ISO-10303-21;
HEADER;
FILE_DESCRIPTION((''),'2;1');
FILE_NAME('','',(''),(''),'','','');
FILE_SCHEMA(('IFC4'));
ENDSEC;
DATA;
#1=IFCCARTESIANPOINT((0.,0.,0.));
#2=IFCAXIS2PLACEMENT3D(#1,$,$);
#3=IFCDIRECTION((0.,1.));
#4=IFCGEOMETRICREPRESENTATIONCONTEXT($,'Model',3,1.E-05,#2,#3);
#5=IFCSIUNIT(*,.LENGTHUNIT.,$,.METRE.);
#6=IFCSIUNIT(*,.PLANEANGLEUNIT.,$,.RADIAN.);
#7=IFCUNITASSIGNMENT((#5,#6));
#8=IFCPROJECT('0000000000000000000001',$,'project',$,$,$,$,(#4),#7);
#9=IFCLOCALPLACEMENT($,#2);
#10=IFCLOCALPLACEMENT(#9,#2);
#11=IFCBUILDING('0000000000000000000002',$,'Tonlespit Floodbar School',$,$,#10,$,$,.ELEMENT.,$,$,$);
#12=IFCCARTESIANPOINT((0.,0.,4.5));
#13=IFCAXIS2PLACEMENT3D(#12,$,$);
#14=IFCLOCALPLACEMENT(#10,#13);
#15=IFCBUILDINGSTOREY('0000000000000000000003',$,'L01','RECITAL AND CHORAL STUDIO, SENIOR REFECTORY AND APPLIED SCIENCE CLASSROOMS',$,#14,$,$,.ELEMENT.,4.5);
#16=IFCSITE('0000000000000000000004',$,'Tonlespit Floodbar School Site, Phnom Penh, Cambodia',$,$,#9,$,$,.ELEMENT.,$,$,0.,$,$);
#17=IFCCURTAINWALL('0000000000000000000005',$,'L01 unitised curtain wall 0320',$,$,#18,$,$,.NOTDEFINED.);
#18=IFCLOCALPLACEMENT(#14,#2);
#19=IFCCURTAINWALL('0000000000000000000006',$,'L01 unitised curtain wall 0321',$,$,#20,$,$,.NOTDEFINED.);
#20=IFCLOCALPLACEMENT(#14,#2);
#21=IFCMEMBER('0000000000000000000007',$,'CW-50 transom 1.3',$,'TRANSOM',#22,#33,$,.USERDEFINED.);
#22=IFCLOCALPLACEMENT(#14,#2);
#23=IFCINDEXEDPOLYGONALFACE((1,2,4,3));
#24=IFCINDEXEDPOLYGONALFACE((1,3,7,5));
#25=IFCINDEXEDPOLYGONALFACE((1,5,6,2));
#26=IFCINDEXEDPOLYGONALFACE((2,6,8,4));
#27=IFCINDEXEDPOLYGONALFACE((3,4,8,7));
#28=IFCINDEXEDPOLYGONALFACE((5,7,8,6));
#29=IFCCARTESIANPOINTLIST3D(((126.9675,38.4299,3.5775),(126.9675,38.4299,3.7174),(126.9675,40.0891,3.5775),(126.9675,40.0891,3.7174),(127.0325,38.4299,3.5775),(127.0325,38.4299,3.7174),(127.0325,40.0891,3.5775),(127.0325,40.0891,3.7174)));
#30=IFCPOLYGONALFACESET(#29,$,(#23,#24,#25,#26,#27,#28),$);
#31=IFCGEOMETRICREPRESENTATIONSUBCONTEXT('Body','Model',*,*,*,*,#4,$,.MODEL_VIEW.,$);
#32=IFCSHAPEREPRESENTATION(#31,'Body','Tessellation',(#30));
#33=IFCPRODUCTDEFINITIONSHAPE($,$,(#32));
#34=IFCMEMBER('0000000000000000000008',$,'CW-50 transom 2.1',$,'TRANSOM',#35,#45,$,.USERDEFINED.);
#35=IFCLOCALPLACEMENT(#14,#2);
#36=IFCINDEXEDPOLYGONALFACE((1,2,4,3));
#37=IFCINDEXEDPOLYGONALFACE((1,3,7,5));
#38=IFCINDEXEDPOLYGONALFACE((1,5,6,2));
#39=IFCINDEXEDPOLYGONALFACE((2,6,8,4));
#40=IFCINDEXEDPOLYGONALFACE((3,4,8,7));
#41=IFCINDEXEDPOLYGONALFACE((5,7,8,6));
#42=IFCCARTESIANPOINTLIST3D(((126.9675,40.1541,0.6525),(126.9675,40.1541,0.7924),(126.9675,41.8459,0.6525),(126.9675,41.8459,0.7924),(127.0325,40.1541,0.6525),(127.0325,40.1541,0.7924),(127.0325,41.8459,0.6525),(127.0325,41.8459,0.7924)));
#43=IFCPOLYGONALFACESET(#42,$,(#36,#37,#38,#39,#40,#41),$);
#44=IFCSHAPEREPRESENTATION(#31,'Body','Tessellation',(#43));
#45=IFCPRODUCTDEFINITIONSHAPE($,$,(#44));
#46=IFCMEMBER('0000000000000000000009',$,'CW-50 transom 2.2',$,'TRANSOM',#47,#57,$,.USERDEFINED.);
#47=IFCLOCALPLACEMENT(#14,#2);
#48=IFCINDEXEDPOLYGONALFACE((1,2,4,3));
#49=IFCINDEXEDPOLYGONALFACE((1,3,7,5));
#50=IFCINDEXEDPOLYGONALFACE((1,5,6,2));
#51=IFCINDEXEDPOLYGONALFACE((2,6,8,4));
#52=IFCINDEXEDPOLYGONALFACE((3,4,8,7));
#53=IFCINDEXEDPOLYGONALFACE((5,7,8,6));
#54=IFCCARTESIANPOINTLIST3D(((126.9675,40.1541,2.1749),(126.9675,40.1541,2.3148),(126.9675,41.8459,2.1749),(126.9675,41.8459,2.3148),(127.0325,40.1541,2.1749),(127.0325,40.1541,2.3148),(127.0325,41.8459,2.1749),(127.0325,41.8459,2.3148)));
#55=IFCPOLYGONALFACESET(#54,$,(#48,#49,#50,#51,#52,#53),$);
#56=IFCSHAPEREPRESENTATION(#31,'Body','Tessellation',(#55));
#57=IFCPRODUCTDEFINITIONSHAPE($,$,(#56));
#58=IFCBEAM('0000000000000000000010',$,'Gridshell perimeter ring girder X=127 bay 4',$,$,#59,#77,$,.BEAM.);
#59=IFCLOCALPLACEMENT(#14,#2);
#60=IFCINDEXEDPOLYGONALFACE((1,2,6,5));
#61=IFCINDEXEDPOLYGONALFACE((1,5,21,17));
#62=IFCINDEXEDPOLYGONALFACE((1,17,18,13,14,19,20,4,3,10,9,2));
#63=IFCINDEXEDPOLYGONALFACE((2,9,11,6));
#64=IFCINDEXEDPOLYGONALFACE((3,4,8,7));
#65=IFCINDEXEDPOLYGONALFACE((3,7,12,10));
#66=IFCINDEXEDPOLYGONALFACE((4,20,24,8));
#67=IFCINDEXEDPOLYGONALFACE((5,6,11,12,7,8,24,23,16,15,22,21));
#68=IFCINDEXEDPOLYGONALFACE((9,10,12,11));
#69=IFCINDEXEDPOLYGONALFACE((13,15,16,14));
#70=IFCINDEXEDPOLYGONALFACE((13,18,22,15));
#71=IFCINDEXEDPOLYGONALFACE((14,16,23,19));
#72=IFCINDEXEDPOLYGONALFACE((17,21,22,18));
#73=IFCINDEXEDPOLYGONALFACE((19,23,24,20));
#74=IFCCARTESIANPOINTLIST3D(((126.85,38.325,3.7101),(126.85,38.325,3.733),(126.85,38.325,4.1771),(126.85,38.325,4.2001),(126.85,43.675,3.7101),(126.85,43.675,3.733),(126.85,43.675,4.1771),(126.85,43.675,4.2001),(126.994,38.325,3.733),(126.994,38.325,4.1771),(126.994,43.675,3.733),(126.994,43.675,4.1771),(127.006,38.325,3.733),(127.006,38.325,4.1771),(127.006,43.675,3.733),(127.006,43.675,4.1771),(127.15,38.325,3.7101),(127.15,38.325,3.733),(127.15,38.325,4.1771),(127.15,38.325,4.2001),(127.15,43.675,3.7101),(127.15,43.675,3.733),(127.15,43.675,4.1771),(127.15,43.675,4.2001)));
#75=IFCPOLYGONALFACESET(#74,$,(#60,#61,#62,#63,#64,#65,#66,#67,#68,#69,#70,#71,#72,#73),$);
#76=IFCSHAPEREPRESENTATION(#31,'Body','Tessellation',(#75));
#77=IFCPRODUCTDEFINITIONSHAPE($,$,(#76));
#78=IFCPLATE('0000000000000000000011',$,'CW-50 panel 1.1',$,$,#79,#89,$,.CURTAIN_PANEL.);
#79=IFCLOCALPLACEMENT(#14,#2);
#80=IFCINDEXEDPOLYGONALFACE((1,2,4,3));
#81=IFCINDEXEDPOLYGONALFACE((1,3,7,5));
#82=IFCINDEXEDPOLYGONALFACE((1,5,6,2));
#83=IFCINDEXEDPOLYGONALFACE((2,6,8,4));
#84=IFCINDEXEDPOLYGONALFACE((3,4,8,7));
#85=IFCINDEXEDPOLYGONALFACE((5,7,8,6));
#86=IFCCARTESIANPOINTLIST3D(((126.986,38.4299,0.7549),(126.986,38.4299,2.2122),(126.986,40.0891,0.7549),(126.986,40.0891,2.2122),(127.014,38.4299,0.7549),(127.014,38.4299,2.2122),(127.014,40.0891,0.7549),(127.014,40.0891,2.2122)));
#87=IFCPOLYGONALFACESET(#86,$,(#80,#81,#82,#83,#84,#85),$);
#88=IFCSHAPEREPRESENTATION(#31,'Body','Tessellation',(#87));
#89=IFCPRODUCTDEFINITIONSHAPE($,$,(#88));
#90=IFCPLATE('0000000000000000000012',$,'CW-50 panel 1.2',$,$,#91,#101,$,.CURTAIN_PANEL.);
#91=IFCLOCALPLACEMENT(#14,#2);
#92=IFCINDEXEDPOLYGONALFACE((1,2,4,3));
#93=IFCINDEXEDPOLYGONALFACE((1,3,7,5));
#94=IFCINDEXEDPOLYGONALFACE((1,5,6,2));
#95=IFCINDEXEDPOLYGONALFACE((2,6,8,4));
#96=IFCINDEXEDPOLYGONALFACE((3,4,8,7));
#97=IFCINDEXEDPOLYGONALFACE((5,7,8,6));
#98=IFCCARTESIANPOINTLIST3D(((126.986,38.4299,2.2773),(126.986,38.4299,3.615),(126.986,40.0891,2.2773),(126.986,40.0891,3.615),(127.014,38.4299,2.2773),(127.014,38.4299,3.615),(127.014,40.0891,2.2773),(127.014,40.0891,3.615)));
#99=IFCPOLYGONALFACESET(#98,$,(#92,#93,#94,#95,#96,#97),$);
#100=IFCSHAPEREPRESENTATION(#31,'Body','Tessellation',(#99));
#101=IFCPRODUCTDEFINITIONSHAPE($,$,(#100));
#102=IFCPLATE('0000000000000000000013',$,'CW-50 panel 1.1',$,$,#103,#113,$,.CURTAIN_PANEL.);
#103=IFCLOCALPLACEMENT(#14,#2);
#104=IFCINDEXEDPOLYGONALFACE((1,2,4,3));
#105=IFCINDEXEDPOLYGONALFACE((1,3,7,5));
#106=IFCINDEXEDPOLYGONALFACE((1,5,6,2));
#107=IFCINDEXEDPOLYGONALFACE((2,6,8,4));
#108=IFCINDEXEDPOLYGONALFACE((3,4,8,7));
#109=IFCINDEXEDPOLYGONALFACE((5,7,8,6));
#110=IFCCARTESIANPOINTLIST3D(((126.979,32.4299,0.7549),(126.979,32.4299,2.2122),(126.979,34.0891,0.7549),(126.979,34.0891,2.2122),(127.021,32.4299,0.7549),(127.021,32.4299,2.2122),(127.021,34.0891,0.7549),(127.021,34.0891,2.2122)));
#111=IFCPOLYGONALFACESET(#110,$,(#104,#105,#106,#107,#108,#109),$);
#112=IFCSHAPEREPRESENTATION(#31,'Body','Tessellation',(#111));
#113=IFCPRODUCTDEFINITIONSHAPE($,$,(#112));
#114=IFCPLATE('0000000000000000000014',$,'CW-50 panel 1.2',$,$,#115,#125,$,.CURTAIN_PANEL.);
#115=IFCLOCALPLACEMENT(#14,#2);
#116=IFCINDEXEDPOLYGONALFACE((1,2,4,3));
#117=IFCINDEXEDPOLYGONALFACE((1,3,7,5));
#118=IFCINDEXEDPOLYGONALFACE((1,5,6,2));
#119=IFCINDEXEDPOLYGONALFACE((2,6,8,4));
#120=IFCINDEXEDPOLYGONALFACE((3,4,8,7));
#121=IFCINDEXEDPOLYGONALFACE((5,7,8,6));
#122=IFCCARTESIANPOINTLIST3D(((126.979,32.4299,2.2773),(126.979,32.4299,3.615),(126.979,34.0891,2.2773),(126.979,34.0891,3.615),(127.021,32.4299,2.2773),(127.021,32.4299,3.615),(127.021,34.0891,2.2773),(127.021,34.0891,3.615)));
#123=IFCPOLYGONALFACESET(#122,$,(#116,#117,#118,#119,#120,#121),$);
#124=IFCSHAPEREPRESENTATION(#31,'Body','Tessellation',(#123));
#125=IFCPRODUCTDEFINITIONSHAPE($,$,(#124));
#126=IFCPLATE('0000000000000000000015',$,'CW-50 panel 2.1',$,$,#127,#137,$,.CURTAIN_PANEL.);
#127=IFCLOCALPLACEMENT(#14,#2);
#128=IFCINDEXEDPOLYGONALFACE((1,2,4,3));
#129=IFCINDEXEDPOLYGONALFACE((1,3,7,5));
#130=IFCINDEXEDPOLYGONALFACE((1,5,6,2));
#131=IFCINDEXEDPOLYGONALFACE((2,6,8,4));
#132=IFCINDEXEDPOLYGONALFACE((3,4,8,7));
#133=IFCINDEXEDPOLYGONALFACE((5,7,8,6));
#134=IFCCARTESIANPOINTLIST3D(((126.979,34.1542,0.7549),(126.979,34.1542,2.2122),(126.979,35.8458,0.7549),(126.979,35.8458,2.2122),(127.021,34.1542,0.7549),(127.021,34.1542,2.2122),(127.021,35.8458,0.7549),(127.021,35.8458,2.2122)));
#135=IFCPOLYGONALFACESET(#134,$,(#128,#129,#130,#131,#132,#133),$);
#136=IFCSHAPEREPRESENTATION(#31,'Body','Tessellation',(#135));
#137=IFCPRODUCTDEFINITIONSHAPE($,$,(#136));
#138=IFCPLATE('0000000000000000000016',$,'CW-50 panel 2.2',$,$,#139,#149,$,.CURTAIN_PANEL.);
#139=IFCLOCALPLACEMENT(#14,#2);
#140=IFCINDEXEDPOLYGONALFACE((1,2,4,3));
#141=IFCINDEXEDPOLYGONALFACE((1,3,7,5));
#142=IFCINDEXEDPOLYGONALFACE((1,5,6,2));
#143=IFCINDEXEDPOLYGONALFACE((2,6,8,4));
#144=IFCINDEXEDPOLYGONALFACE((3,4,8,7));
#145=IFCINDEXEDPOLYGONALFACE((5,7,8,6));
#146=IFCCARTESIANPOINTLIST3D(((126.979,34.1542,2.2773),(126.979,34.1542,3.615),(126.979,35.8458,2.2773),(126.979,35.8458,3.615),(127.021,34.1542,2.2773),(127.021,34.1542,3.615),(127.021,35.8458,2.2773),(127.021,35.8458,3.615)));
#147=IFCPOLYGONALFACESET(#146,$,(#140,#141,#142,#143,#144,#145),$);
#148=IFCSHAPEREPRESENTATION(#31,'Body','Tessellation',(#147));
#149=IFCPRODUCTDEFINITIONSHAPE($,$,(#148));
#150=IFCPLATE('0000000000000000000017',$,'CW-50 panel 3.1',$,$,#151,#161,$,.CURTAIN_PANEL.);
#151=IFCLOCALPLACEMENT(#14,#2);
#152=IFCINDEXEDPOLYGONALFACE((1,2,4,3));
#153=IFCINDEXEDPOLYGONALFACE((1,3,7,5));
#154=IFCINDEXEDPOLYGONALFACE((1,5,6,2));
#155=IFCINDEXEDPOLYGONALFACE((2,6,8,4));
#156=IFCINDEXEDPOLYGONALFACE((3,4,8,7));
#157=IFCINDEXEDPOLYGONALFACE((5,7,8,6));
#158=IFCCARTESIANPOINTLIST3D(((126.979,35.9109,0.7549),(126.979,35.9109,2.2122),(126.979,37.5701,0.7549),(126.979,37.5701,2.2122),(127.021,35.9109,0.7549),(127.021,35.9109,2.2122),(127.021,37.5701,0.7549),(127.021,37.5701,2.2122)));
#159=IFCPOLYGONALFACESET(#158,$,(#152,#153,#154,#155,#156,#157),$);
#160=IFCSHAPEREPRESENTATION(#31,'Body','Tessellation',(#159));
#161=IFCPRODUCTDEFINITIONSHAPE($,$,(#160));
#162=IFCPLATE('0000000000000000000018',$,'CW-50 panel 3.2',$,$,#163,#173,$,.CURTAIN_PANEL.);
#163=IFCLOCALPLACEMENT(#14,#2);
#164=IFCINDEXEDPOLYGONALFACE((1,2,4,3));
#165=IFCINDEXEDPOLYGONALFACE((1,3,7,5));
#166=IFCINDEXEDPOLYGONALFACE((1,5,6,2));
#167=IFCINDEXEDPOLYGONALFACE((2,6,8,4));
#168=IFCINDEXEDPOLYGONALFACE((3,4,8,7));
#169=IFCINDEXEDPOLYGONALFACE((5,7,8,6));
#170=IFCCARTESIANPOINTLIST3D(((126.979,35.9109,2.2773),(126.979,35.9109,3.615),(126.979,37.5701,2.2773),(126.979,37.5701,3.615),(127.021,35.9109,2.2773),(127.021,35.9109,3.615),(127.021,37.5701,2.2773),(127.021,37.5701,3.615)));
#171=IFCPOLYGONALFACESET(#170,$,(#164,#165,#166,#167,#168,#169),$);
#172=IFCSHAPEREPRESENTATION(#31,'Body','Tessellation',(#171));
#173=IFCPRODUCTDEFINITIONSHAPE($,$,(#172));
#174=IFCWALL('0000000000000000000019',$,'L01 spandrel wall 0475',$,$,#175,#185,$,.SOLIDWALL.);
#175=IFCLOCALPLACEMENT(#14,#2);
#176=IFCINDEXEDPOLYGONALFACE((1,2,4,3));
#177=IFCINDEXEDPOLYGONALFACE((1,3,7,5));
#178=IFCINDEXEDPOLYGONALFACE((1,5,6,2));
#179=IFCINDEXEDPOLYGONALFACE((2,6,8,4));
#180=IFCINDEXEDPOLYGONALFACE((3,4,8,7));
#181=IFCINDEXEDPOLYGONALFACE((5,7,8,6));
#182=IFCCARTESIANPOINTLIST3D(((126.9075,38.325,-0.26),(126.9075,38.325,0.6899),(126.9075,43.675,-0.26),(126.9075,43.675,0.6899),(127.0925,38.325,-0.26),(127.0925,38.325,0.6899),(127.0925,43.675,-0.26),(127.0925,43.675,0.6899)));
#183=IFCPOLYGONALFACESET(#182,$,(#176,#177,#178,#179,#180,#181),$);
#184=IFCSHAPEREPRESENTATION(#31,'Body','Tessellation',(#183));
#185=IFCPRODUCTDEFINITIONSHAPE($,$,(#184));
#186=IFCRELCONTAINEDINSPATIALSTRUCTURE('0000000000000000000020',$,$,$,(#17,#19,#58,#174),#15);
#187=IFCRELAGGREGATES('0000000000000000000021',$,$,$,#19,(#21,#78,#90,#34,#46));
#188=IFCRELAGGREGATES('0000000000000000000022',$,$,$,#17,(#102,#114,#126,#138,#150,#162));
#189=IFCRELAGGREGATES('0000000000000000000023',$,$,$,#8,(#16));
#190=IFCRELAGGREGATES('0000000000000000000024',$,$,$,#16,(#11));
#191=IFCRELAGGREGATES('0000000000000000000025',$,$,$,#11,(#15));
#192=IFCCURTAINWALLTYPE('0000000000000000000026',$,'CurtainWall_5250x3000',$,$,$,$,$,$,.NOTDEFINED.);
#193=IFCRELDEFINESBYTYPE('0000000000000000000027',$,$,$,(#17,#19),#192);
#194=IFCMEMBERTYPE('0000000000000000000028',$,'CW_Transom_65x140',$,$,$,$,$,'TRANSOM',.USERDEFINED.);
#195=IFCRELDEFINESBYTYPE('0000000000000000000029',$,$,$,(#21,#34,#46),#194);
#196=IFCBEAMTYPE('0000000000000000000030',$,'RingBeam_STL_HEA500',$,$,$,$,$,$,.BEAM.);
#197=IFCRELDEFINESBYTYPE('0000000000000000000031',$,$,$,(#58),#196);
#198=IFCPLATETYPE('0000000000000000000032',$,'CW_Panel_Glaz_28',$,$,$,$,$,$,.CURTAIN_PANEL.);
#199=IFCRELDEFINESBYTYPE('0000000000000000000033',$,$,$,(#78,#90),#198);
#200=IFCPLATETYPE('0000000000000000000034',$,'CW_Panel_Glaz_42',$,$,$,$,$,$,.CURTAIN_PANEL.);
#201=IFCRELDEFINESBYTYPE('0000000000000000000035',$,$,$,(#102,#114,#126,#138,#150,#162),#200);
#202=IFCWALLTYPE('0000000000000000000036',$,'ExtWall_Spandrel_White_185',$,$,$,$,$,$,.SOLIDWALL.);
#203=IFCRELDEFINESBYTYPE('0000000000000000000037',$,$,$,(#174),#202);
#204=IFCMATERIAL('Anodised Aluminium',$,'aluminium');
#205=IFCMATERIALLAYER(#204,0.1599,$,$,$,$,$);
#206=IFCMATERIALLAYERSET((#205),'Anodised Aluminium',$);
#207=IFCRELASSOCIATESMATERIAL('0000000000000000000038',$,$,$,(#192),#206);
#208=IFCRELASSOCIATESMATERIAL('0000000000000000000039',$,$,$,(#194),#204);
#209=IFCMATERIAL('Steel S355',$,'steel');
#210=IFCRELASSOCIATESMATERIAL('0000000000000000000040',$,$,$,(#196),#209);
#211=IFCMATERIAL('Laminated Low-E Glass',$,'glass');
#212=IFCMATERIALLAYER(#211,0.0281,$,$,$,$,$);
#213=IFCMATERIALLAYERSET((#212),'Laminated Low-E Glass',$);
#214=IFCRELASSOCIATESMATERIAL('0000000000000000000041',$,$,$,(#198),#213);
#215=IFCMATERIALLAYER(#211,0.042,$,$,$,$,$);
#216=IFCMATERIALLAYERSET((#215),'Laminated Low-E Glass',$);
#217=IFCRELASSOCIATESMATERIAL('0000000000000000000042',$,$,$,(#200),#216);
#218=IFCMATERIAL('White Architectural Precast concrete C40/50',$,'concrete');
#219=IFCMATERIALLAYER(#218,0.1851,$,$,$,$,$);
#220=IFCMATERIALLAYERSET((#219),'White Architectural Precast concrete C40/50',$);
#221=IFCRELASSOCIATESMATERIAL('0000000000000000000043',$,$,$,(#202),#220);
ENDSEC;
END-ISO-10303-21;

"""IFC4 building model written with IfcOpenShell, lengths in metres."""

from ifc_helpers import new_model, si_unit, direction, frame, frame_2d, origin, origin_2d, place, context, subcontext, project, spatial, rectangle, i_section, extrude, material, layer, layer_set, material_profile, profile_set, type_object, element, aggregate, save


model = new_model("IFC4")

# Units and contexts
model_context = context("Model", 3, precision=1e-05, world=origin(), true_north=direction((0.0, 1.0)))
body_context = subcontext(model_context, "Body", "Model", "MODEL_VIEW")
ifc_project = project(units=[si_unit("LENGTHUNIT", "METRE"), si_unit("PLANEANGLEUNIT", "RADIAN")], contexts=[model_context])

# Site, building, storey
site_placement = place(None, origin())
site = spatial("IfcSite", under=ifc_project, at=site_placement, Name="Tonlespit Floodbar School Site, Phnom Penh, Cambodia", CompositionType="ELEMENT", RefElevation=0.0)
building_placement = place(site_placement, origin())
building = spatial("IfcBuilding", under=site, at=building_placement, Name="Tonlespit Floodbar School", CompositionType="ELEMENT")
storey_placement = place(building_placement, frame((0.0, 0.0, 4.5)))
storey = spatial("IfcBuildingStorey", under=building, at=storey_placement, Name="L01", Description="RECITAL AND CHORAL STUDIO, SENIOR REFECTORY AND APPLIED SCIENCE CLASSROOMS", CompositionType="ELEMENT", Elevation=4.5)

# Curtain walls
ifc_material_1 = material(Name="Anodised Aluminium", Category="aluminium")
ifc_layer_1 = layer(ifc_material_1, 0.1599)
ifc_layer_set_1 = layer_set([ifc_layer_1], Name="Anodised Aluminium")
curtain_wall_type = type_object("IfcCurtainWallType", Name="CurtainWall_5250x3000", PredefinedType="NOTDEFINED", material=ifc_layer_set_1)
curtain_wall_1_placement = place(storey_placement, origin())
curtain_wall_1 = element("IfcCurtainWall", 1, at=curtain_wall_1_placement, inside=storey, type_object=curtain_wall_type, Name="L01 unitised curtain wall 0320", PredefinedType="NOTDEFINED")
curtain_wall_2_placement = place(storey_placement, origin())
curtain_wall_2 = element("IfcCurtainWall", 2, at=curtain_wall_2_placement, inside=storey, type_object=curtain_wall_type, Name="L01 unitised curtain wall 0321", PredefinedType="NOTDEFINED")

# Members
ifc_material_profile_1 = material_profile(ifc_material_1, rectangle(XDim=0.0649, YDim=0.1399, at=origin_2d()), Name="ALU T65x140")
ifc_profile_set_1 = profile_set([ifc_material_profile_1], Name="Anodised Aluminium")
member_type_1 = type_object("IfcMemberType", Name="CW_Transom_65x140", ElementType="TRANSOM", PredefinedType="USERDEFINED", material=ifc_profile_set_1)
member_1_placement = place(storey_placement, frame((127.0, 38.4299, 3.6475), z_axis=(0.0, 1.0, 0.0), x_axis=(-1.0, 0.0, 0.0)))
member_1 = element("IfcMember", 3, at=member_1_placement, type_object=member_type_1, Name="CW-50 transom 1.3", ObjectType="TRANSOM", PredefinedType="USERDEFINED", context=body_context, shape_type="SweptSolid", body=[
    extrude(rectangle(XDim=0.0649, YDim=0.1399, at=origin_2d()), origin(), (0.0, 0.0, 1.0), 1.6592),
])
member_2_placement = place(storey_placement, frame((127.0, 40.1541, 0.7224), z_axis=(0.0, 1.0, 0.0), x_axis=(-1.0, 0.0, 0.0)))
member_2 = element("IfcMember", 4, at=member_2_placement, type_object=member_type_1, Name="CW-50 transom 2.1", ObjectType="TRANSOM", PredefinedType="USERDEFINED", context=body_context, shape_type="SweptSolid", body=[
    extrude(rectangle(XDim=0.0649, YDim=0.1399, at=origin_2d()), origin(), (0.0, 0.0, 1.0), 1.6919),
])
member_3_placement = place(storey_placement, frame((127.0, 40.1541, 2.2449), z_axis=(0.0, 1.0, 0.0), x_axis=(-1.0, 0.0, 0.0)))
member_3 = element("IfcMember", 5, at=member_3_placement, type_object=member_type_1, Name="CW-50 transom 2.2", ObjectType="TRANSOM", PredefinedType="USERDEFINED", context=body_context, shape_type="SweptSolid", body=[
    extrude(rectangle(XDim=0.0649, YDim=0.1399, at=origin_2d()), origin(), (0.0, 0.0, 1.0), 1.6919),
])

# Beam
ifc_material_2 = material(Name="Steel S355", Category="steel")
ifc_material_profile_2 = material_profile(ifc_material_2, i_section(OverallWidth=0.3, OverallDepth=0.49, WebThickness=0.012, FlangeThickness=0.0229, at=origin_2d()), Name="HEA 500")
ifc_profile_set_2 = profile_set([ifc_material_profile_2], Name="Steel S355")
beam_type = type_object("IfcBeamType", Name="RingBeam_STL_HEA500", PredefinedType="BEAM", material=ifc_profile_set_2)
beam_placement = place(storey_placement, frame((127.0, 38.325, 3.9551), z_axis=(0.0, 1.0, 0.0), x_axis=(-1.0, 0.0, 0.0)))
element("IfcBeam", 6, at=beam_placement, inside=storey, type_object=beam_type, Name="Gridshell perimeter ring girder X=127 bay 4", PredefinedType="BEAM", context=body_context, shape_type="SweptSolid", body=[
    extrude(i_section(OverallWidth=0.3, OverallDepth=0.49, WebThickness=0.012, FlangeThickness=0.0229, at=origin_2d()), origin(), (0.0, 0.0, 1.0), 5.3501),
])

# Plates
ifc_material_3 = material(Name="Laminated Low-E Glass", Category="glass")
ifc_layer_2 = layer(ifc_material_3, 0.0281)
ifc_layer_set_2 = layer_set([ifc_layer_2], Name="Laminated Low-E Glass")
plate_type_1 = type_object("IfcPlateType", Name="CW_Panel_Glaz_28", PredefinedType="CURTAIN_PANEL", material=ifc_layer_set_2)
plate_1_placement = place(storey_placement, frame((127.0, 39.2595, 0.7549), z_axis=(0.0, 0.0, 1.0), x_axis=(0.0, 1.0, 0.0)))
plate_1 = element("IfcPlate", 7, at=plate_1_placement, type_object=plate_type_1, Name="CW-50 panel 1.1", PredefinedType="CURTAIN_PANEL", context=body_context, shape_type="SweptSolid", body=[
    extrude(rectangle(XDim=1.6592, YDim=0.0281, at=origin_2d()), origin(), (0.0, 0.0, 1.0), 1.4573),
])
plate_2_placement = place(storey_placement, frame((127.0, 39.2595, 2.2773), z_axis=(0.0, 0.0, 1.0), x_axis=(0.0, 1.0, 0.0)))
plate_2 = element("IfcPlate", 8, at=plate_2_placement, type_object=plate_type_1, Name="CW-50 panel 1.2", PredefinedType="CURTAIN_PANEL", context=body_context, shape_type="SweptSolid", body=[
    extrude(rectangle(XDim=1.6592, YDim=0.0281, at=origin_2d()), origin(), (0.0, 0.0, 1.0), 1.3376),
])
aggregate(curtain_wall_2, [member_1, plate_1, plate_2, member_2, member_3])
ifc_layer_3 = layer(ifc_material_3, 0.042)
ifc_layer_set_3 = layer_set([ifc_layer_3], Name="Laminated Low-E Glass")
plate_type_2 = type_object("IfcPlateType", Name="CW_Panel_Glaz_42", PredefinedType="CURTAIN_PANEL", material=ifc_layer_set_3)
plate_3_placement = place(storey_placement, frame((127.0, 33.2595, 0.7549), z_axis=(0.0, 0.0, 1.0), x_axis=(0.0, 1.0, 0.0)))
plate_3 = element("IfcPlate", 9, at=plate_3_placement, type_object=plate_type_2, Name="CW-50 panel 1.1", PredefinedType="CURTAIN_PANEL", context=body_context, shape_type="SweptSolid", body=[
    extrude(rectangle(XDim=1.6592, YDim=0.042, at=origin_2d()), origin(), (0.0, 0.0, 1.0), 1.4573),
])
plate_4_placement = place(storey_placement, frame((127.0, 33.2595, 2.2773), z_axis=(0.0, 0.0, 1.0), x_axis=(0.0, 1.0, 0.0)))
plate_4 = element("IfcPlate", 10, at=plate_4_placement, type_object=plate_type_2, Name="CW-50 panel 1.2", PredefinedType="CURTAIN_PANEL", context=body_context, shape_type="SweptSolid", body=[
    extrude(rectangle(XDim=1.6592, YDim=0.042, at=origin_2d()), origin(), (0.0, 0.0, 1.0), 1.3376),
])
plate_5_placement = place(storey_placement, frame((127.0, 35.0, 0.7549), z_axis=(0.0, 0.0, 1.0), x_axis=(0.0, 1.0, 0.0)))
plate_5 = element("IfcPlate", 11, at=plate_5_placement, type_object=plate_type_2, Name="CW-50 panel 2.1", PredefinedType="CURTAIN_PANEL", context=body_context, shape_type="SweptSolid", body=[
    extrude(rectangle(XDim=1.6917, YDim=0.042, at=origin_2d()), origin(), (0.0, 0.0, 1.0), 1.4573),
])
plate_6_placement = place(storey_placement, frame((127.0, 35.0, 2.2773), z_axis=(0.0, 0.0, 1.0), x_axis=(0.0, 1.0, 0.0)))
plate_6 = element("IfcPlate", 12, at=plate_6_placement, type_object=plate_type_2, Name="CW-50 panel 2.2", PredefinedType="CURTAIN_PANEL", context=body_context, shape_type="SweptSolid", body=[
    extrude(rectangle(XDim=1.6917, YDim=0.042, at=origin_2d()), origin(), (0.0, 0.0, 1.0), 1.3376),
])
plate_7_placement = place(storey_placement, frame((127.0, 36.7405, 0.7549), z_axis=(0.0, 0.0, 1.0), x_axis=(0.0, 1.0, 0.0)))
plate_7 = element("IfcPlate", 13, at=plate_7_placement, type_object=plate_type_2, Name="CW-50 panel 3.1", PredefinedType="CURTAIN_PANEL", context=body_context, shape_type="SweptSolid", body=[
    extrude(rectangle(XDim=1.6592, YDim=0.042, at=origin_2d()), origin(), (0.0, 0.0, 1.0), 1.4573),
])
plate_8_placement = place(storey_placement, frame((127.0, 36.7405, 2.2773), z_axis=(0.0, 0.0, 1.0), x_axis=(0.0, 1.0, 0.0)))
plate_8 = element("IfcPlate", 14, at=plate_8_placement, type_object=plate_type_2, Name="CW-50 panel 3.2", PredefinedType="CURTAIN_PANEL", context=body_context, shape_type="SweptSolid", body=[
    extrude(rectangle(XDim=1.6592, YDim=0.042, at=origin_2d()), origin(), (0.0, 0.0, 1.0), 1.3376),
])
aggregate(curtain_wall_1, [plate_3, plate_4, plate_5, plate_6, plate_7, plate_8])

# Wall
ifc_material_4 = material(Name="White Architectural Precast concrete C40/50", Category="concrete")
ifc_layer_4 = layer(ifc_material_4, 0.1851)
ifc_layer_set_4 = layer_set([ifc_layer_4], Name="White Architectural Precast concrete C40/50")
wall_type = type_object("IfcWallType", Name="ExtWall_Spandrel_White_185", PredefinedType="SOLIDWALL", material=ifc_layer_set_4)
wall_placement = place(storey_placement, frame((127.0, 38.325, -0.26), z_axis=(0.0, 0.0, 1.0), x_axis=(0.0, 1.0, 0.0)))
element("IfcWall", 15, at=wall_placement, inside=storey, type_object=wall_type, Name="L01 spandrel wall 0475", PredefinedType="SOLIDWALL", context=body_context, shape_type="SweptSolid", body=[
    extrude(rectangle(XDim=5.3501, YDim=0.1851, at=frame_2d((2.675, 0.0))), origin(), (0.0, 0.0, 1.0), 0.95),
])

save(model, "model.ifc")
